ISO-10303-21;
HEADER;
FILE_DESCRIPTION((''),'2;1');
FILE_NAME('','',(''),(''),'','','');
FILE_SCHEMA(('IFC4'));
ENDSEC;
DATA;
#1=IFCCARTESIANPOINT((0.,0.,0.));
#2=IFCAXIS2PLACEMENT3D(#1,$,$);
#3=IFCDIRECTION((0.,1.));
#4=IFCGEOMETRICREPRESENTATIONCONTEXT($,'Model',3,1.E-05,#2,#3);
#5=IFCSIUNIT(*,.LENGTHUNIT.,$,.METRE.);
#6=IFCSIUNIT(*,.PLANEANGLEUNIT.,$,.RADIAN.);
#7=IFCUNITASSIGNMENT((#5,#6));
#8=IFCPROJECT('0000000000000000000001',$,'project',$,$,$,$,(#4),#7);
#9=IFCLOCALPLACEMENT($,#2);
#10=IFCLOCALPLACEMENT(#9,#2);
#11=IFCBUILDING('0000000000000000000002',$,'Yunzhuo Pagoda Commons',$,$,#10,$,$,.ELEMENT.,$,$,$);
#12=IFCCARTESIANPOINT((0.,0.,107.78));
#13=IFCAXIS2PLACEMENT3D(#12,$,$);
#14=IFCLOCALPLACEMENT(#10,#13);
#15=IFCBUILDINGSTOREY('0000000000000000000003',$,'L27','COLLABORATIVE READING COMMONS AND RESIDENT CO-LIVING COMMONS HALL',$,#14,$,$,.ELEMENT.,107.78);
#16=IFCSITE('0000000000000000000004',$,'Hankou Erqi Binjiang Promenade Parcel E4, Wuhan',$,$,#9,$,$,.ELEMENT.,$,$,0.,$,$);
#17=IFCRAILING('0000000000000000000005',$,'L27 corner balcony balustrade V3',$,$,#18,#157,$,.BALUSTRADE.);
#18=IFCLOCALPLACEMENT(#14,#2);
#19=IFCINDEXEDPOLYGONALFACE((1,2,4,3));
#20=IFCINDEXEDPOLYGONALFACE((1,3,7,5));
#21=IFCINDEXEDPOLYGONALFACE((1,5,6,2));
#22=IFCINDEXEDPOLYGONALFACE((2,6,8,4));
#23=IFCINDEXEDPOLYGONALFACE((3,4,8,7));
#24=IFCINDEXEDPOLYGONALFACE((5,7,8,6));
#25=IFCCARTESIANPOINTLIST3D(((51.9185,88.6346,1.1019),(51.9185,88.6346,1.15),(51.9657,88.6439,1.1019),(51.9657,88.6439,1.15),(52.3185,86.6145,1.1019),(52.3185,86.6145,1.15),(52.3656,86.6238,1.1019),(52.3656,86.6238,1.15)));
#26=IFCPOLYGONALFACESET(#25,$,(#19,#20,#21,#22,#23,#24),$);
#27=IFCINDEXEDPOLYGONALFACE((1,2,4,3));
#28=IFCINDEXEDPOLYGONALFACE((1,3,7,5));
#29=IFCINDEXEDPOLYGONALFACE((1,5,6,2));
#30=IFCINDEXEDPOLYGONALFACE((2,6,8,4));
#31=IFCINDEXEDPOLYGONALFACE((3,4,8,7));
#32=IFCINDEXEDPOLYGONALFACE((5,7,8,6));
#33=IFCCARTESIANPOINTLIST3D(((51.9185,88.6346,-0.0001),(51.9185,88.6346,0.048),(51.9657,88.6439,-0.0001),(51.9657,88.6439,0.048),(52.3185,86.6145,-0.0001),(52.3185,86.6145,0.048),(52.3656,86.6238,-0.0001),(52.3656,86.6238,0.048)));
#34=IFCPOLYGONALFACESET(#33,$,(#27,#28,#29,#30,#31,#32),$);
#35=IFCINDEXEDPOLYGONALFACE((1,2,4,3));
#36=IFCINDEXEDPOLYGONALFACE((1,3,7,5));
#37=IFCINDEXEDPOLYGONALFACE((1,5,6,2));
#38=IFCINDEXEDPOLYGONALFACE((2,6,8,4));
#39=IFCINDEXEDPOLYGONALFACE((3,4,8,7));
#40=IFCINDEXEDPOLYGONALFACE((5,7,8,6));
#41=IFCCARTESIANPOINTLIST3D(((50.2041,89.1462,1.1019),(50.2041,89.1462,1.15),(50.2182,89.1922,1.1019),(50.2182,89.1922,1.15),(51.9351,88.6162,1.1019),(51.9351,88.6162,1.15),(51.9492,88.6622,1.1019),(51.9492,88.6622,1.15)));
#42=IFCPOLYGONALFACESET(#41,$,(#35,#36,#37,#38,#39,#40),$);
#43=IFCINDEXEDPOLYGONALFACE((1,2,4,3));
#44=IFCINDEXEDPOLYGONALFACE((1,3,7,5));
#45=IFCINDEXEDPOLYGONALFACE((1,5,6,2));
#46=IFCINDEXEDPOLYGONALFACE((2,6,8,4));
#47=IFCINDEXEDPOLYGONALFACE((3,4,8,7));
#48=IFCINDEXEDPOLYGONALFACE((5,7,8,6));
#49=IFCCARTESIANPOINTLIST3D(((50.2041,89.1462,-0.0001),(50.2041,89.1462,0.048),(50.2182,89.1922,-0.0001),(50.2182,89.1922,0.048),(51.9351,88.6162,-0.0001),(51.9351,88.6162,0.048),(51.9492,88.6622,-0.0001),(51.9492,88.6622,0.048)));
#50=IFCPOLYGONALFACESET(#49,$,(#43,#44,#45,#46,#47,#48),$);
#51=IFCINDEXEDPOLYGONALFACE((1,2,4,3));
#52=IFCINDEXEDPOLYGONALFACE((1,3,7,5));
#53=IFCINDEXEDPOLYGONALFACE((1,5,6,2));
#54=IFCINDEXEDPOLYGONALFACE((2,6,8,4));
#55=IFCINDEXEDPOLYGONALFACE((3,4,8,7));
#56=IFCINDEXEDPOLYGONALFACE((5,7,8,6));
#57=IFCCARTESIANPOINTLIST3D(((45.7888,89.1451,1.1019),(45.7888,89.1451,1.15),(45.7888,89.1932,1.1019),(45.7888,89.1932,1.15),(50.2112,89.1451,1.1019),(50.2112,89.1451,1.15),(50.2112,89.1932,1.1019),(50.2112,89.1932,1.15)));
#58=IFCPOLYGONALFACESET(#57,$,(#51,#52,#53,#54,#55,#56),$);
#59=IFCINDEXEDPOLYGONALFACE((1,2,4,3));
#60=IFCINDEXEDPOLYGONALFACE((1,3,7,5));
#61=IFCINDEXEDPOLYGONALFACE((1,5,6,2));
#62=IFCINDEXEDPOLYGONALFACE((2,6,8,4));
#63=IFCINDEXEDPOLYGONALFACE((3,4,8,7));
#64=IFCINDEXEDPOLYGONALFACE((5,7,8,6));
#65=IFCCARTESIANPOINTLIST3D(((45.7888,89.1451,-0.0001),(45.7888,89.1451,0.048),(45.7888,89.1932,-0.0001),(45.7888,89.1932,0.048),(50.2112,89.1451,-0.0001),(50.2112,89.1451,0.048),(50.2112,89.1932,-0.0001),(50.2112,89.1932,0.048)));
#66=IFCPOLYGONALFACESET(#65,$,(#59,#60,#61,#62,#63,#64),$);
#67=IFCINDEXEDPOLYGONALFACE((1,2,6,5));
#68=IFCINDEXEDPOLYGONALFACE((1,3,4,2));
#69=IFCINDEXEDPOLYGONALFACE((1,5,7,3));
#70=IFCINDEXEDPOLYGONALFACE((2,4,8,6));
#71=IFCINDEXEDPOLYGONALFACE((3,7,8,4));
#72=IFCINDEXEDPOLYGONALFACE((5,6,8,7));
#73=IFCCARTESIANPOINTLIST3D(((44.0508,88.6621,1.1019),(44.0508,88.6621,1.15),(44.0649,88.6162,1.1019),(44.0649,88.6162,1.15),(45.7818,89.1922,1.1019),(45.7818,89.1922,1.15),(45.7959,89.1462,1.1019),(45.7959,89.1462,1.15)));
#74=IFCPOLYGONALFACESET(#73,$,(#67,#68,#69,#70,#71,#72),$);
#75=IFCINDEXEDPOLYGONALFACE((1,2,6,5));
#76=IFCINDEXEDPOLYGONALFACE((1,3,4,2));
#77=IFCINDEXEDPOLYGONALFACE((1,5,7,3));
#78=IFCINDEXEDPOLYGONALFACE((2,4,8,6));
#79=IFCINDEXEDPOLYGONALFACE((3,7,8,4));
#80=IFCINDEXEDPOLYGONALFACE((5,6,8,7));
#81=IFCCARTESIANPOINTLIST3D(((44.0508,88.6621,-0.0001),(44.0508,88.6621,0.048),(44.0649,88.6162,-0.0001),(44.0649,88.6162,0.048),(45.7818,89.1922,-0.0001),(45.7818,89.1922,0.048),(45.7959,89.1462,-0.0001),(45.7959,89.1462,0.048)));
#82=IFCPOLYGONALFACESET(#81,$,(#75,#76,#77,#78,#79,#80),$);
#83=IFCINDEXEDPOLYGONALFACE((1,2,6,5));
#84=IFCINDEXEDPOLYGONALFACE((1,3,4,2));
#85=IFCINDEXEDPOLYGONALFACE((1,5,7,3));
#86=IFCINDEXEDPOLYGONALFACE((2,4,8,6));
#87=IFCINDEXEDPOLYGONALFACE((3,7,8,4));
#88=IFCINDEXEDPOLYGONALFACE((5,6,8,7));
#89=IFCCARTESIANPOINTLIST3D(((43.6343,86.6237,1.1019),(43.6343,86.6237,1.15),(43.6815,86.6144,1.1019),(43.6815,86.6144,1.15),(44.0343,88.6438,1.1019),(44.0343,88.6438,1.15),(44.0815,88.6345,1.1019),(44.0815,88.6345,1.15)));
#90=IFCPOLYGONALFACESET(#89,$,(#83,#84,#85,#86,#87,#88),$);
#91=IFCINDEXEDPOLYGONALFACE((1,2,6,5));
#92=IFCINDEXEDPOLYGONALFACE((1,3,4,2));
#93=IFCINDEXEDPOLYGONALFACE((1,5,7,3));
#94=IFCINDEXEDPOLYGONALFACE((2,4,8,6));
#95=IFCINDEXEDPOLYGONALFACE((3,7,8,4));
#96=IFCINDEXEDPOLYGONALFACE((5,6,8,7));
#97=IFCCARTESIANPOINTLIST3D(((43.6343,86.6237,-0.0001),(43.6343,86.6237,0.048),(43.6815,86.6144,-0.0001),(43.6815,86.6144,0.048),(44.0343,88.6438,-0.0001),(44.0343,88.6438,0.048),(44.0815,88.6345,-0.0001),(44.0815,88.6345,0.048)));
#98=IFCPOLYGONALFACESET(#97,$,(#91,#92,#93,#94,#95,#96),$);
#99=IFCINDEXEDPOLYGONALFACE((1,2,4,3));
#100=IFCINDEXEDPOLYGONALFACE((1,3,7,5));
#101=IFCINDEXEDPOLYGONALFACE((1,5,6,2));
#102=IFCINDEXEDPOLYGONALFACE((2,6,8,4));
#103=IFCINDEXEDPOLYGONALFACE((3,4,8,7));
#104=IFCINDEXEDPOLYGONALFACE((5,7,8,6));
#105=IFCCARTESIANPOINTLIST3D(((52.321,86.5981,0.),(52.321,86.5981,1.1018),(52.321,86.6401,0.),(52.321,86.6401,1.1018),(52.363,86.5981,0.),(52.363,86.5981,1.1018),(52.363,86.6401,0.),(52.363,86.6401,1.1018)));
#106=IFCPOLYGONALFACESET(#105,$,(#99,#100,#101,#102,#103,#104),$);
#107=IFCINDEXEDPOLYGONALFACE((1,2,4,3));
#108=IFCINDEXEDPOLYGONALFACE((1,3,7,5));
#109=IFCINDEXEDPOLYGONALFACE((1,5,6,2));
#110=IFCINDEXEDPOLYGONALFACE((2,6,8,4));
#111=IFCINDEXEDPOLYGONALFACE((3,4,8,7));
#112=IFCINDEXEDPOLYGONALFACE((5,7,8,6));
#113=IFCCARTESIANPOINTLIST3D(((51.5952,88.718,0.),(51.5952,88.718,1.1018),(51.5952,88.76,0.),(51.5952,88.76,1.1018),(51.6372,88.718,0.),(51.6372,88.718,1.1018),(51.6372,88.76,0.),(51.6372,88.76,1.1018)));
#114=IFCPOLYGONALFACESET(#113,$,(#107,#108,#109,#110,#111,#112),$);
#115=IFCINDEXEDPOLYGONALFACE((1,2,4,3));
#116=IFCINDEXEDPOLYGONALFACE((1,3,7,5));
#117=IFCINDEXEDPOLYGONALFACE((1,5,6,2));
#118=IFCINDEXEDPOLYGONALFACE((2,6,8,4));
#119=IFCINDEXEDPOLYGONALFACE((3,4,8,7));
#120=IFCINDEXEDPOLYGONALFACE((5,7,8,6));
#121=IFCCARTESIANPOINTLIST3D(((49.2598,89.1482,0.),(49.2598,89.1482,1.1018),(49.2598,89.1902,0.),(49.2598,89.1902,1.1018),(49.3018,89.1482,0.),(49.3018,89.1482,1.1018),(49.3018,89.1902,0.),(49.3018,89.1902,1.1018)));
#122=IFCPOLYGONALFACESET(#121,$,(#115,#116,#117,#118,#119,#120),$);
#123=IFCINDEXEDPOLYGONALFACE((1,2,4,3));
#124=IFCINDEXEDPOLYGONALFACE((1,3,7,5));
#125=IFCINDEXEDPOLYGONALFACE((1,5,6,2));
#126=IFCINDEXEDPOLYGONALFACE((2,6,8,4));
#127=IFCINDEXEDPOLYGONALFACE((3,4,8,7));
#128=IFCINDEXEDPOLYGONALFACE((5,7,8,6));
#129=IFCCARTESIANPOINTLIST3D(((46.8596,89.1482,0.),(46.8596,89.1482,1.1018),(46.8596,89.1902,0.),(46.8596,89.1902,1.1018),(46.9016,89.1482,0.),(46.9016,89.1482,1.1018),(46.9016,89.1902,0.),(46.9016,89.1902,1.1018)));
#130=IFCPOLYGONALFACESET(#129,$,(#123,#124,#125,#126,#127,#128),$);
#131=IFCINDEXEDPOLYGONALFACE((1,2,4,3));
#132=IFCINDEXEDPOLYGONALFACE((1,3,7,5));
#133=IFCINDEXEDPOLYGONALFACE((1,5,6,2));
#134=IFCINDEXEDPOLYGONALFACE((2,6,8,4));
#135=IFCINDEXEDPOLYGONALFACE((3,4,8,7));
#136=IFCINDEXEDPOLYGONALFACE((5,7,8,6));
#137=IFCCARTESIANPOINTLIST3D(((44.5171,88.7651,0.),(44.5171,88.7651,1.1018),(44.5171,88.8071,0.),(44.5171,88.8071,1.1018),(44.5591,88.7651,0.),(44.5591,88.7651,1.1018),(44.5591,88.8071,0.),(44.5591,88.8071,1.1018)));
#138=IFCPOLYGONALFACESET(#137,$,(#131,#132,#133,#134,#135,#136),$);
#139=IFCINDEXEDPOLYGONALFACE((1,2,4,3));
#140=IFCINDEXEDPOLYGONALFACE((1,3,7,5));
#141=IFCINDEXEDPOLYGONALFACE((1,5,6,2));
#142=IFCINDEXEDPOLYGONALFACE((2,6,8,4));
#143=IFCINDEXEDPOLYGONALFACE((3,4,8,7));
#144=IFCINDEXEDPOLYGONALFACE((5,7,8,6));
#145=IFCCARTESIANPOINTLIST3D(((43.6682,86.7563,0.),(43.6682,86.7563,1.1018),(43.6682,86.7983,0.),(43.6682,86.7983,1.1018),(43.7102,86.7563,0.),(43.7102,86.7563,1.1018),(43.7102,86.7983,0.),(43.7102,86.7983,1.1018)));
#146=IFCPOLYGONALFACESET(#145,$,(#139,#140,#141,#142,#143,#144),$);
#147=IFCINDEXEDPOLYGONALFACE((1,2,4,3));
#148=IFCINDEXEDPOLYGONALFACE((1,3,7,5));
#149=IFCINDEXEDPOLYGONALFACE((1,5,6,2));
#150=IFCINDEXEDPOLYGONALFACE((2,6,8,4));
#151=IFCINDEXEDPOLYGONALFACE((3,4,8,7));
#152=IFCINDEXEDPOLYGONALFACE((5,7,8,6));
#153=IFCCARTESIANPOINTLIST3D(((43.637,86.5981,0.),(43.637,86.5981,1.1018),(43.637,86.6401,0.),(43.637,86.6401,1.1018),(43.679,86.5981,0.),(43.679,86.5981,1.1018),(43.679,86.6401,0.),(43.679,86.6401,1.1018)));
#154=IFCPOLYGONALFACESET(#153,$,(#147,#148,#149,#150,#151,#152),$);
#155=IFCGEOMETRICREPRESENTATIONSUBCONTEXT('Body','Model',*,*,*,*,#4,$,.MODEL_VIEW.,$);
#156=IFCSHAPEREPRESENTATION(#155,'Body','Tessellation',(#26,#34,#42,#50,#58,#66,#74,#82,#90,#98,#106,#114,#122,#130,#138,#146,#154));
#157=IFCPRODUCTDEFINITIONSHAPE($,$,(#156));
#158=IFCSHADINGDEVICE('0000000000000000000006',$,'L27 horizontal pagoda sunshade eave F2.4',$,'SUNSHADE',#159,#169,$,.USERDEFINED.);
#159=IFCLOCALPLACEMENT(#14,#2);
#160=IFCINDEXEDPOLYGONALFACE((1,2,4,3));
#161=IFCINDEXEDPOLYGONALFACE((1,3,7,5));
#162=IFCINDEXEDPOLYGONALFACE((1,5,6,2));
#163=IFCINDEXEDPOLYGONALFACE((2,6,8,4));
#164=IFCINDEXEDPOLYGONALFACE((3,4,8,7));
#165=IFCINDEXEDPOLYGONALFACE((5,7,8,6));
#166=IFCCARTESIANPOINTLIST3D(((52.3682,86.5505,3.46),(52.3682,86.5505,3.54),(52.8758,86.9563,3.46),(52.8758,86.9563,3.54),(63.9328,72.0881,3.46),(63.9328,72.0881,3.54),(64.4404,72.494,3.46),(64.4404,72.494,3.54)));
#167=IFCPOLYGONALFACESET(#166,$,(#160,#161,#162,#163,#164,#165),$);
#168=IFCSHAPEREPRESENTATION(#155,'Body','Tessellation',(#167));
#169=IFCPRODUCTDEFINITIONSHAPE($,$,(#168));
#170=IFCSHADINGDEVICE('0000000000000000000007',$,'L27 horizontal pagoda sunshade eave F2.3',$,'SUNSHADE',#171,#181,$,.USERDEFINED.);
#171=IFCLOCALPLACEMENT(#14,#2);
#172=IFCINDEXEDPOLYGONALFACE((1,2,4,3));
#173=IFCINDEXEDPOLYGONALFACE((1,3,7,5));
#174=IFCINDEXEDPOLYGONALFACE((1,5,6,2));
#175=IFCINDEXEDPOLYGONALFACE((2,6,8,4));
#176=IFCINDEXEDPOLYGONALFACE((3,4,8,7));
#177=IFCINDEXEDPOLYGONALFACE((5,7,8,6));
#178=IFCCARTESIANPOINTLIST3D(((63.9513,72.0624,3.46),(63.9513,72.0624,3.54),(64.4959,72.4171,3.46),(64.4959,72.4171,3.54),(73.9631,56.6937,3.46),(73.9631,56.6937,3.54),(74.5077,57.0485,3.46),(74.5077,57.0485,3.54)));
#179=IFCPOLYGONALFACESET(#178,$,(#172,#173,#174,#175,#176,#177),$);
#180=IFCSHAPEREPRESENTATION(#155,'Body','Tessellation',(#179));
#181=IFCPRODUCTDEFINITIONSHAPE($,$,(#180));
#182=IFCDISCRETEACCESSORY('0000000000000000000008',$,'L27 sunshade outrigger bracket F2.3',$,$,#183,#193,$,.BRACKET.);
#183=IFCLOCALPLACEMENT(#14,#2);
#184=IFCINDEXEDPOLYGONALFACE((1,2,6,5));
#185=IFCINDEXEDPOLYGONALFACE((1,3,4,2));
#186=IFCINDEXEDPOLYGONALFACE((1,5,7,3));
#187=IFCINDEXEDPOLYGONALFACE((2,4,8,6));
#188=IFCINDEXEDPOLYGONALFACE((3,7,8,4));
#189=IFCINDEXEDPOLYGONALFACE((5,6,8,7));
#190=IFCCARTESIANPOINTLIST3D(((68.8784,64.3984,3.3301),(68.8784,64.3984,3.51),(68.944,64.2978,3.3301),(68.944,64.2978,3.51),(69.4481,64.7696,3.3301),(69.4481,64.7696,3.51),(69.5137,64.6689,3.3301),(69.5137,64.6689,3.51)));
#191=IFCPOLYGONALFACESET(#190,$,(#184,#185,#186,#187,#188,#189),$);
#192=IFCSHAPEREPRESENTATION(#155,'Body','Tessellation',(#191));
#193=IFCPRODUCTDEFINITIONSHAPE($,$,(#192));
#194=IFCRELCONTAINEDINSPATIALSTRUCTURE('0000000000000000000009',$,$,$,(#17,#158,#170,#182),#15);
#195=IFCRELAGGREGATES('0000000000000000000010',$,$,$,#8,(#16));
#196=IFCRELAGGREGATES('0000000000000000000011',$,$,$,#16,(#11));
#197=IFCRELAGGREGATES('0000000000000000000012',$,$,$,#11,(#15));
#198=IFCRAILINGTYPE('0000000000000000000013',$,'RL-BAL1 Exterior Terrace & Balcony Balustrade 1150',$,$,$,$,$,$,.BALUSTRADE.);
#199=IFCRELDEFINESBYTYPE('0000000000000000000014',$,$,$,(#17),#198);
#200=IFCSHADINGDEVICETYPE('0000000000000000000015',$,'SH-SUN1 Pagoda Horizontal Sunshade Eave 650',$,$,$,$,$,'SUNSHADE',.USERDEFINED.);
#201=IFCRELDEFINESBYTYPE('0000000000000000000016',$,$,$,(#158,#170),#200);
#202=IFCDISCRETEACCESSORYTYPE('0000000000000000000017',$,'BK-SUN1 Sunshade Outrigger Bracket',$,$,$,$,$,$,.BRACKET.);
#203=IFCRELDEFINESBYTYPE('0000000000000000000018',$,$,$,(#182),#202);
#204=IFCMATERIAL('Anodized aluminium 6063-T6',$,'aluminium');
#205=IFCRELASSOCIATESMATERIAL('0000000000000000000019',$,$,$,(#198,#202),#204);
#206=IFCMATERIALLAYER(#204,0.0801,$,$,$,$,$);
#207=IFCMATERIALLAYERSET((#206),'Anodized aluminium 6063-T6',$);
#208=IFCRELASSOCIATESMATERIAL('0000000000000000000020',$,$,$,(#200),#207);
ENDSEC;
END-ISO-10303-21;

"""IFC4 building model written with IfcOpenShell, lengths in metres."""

from ifc_helpers import new_model, si_unit, direction, frame, origin, origin_2d, place, context, subcontext, project, spatial, rectangle, extrude, source, transform, mapped, material, layer, layer_set, type_object, element, save


model = new_model("IFC4")

# Units and contexts
model_context = context("Model", 3, precision=1e-05, world=origin(), true_north=direction((0.0, 1.0)))
body_context = subcontext(model_context, "Body", "Model", "MODEL_VIEW")
ifc_project = project(units=[si_unit("LENGTHUNIT", "METRE"), si_unit("PLANEANGLEUNIT", "RADIAN")], contexts=[model_context])

# Site, building, storey
site_placement = place(None, origin())
site = spatial("IfcSite", under=ifc_project, at=site_placement, Name="Hankou Erqi Binjiang Promenade Parcel E4, Wuhan", CompositionType="ELEMENT", RefElevation=0.0)
building_placement = place(site_placement, origin())
building = spatial("IfcBuilding", under=site, at=building_placement, Name="Yunzhuo Pagoda Commons", CompositionType="ELEMENT")
storey_placement = place(building_placement, frame((0.0, 0.0, 107.78)))
storey = spatial("IfcBuildingStorey", under=building, at=storey_placement, Name="L27", Description="COLLABORATIVE READING COMMONS AND RESIDENT CO-LIVING COMMONS HALL", CompositionType="ELEMENT", Elevation=107.78)

# Shared definitions
ifc_material_1 = material(Name="Anodized aluminium 6063-T6", Category="aluminium")

# Railing
railing_type_1 = type_object("IfcRailingType", Name="RL-BAL1 Exterior Terrace & Balcony Balustrade 1150", PredefinedType="BALUSTRADE", material=ifc_material_1)
railing_1_placement = place(storey_placement, frame((52.342, 86.6191, 0.0)))
element("IfcRailing", 1, at=railing_1_placement, inside=storey, type_object=railing_type_1, Name="L27 corner balcony balustrade V3", PredefinedType="BALUSTRADE", context=body_context, shape_type="SweptSolid", body=[
    extrude(rectangle(XDim=0.0481, YDim=0.0481, at=origin_2d()), frame((0.0, 0.0, 1.126), z_axis=(-0.194201, 0.980962, 0.0), x_axis=(-0.980962, -0.194201, 0.0)), (0.0, 0.0, 1.0), 2.0593),
    extrude(rectangle(XDim=0.0481, YDim=0.0481, at=origin_2d()), frame((0.0, 0.0, 0.0239), z_axis=(-0.194201, 0.980962, 0.0), x_axis=(-0.980962, -0.194201, 0.0)), (0.0, 0.0, 1.0), 2.0593),
    extrude(rectangle(XDim=0.0481, YDim=0.0481, at=origin_2d()), frame((-0.3999, 2.02, 1.126), z_axis=(-0.956178, 0.292787, 0.0), x_axis=(-0.292787, -0.956178, 0.0)), (0.0, 0.0, 1.0), 1.8103),
    extrude(rectangle(XDim=0.0481, YDim=0.0481, at=origin_2d()), frame((-0.3999, 2.02, 0.0239), z_axis=(-0.956178, 0.292787, 0.0), x_axis=(-0.292787, -0.956178, 0.0)), (0.0, 0.0, 1.0), 1.8103),
    extrude(rectangle(XDim=0.0481, YDim=0.0481, at=origin_2d()), frame((-2.1309, 2.55, 1.126), z_axis=(-1.0, 0.0, 0.0), x_axis=(0.0, -1.0, 0.0)), (0.0, 0.0, 1.0), 4.4224),
    extrude(rectangle(XDim=0.0481, YDim=0.0481, at=origin_2d()), frame((-2.1309, 2.55, 0.0239), z_axis=(-1.0, 0.0, 0.0), x_axis=(0.0, -1.0, 0.0)), (0.0, 0.0, 1.0), 4.4224),
    extrude(rectangle(XDim=0.0481, YDim=0.0481, at=origin_2d()), frame((-6.5532, 2.55, 1.126), z_axis=(-0.956178, -0.292787, 0.0), x_axis=(0.292787, -0.956178, 0.0)), (0.0, 0.0, 1.0), 1.8103),
    extrude(rectangle(XDim=0.0481, YDim=0.0481, at=origin_2d()), frame((-6.5532, 2.55, 0.0239), z_axis=(-0.956178, -0.292787, 0.0), x_axis=(0.292787, -0.956178, 0.0)), (0.0, 0.0, 1.0), 1.8103),
    extrude(rectangle(XDim=0.0481, YDim=0.0481, at=origin_2d()), frame((-8.2842, 2.02, 1.126), z_axis=(-0.194201, -0.980962, 0.0), x_axis=(0.980962, -0.194201, 0.0)), (0.0, 0.0, 1.0), 2.0593),
    extrude(rectangle(XDim=0.0481, YDim=0.0481, at=origin_2d()), frame((-8.2842, 2.02, 0.0239), z_axis=(-0.194201, -0.980962, 0.0), x_axis=(0.980962, -0.194201, 0.0)), (0.0, 0.0, 1.0), 2.0593),
    extrude(rectangle(XDim=0.042, YDim=0.042, at=origin_2d()), origin(), (0.0, 0.0, 1.0), 1.1018),
    extrude(rectangle(XDim=0.042, YDim=0.042, at=origin_2d()), frame((-0.7258, 2.1199, 0.0)), (0.0, 0.0, 1.0), 1.1018),
    extrude(rectangle(XDim=0.042, YDim=0.042, at=origin_2d()), frame((-3.0613, 2.55, 0.0)), (0.0, 0.0, 1.0), 1.1018),
    extrude(rectangle(XDim=0.042, YDim=0.042, at=origin_2d()), frame((-5.4614, 2.55, 0.0)), (0.0, 0.0, 1.0), 1.1018),
    extrude(rectangle(XDim=0.042, YDim=0.042, at=origin_2d()), frame((-7.804, 2.167, 0.0)), (0.0, 0.0, 1.0), 1.1018),
    extrude(rectangle(XDim=0.042, YDim=0.042, at=origin_2d()), frame((-8.6528, 0.1582, 0.0)), (0.0, 0.0, 1.0), 1.1018),
    extrude(rectangle(XDim=0.042, YDim=0.042, at=origin_2d()), frame((-8.6841, 0.0, 0.0)), (0.0, 0.0, 1.0), 1.1018),
])

# Shading devices
ifc_layer_1 = layer(ifc_material_1, 0.0801)
ifc_layer_set_1 = layer_set([ifc_layer_1], Name="Anodized aluminium 6063-T6")
shading_device_type = type_object("IfcShadingDeviceType", Name="SH-SUN1 Pagoda Horizontal Sunshade Eave 650", ElementType="SUNSHADE", PredefinedType="USERDEFINED", material=ifc_layer_set_1)
shared_shape_1 = source(origin(), body_context, "Body", "SweptSolid", [
    extrude(rectangle(XDim=18.5176, YDim=0.6499, at=origin_2d()), origin(), (0.0, 0.0, 1.0), 0.0801),
])
shading_device_1_placement = place(storey_placement, frame((58.4043, 79.5222, 3.46), z_axis=(0.0, 0.0, 1.0), x_axis=(-0.62452, 0.781008, 0.0)))
element("IfcShadingDevice", 2, at=shading_device_1_placement, inside=storey, type_object=shading_device_type, Name="L27 horizontal pagoda sunshade eave F2.4", ObjectType="SUNSHADE", PredefinedType="USERDEFINED", context=body_context, shape_type="MappedRepresentation", body=[
    mapped(shared_shape_1, transform((0.0, 0.0, 0.0), scale=1.0)),
])
shared_shape_2 = source(origin(), body_context, "Body", "SweptSolid", [
    extrude(rectangle(XDim=18.342, YDim=0.6499, at=origin_2d()), origin(), (0.0, 0.0, 1.0), 0.0801),
])
shading_device_2_placement = place(storey_placement, frame((69.2295, 64.5554, 3.46), z_axis=(0.0, 0.0, 1.0), x_axis=(-0.545839, 0.83789, 0.0)))
element("IfcShadingDevice", 3, at=shading_device_2_placement, inside=storey, type_object=shading_device_type, Name="L27 horizontal pagoda sunshade eave F2.3", ObjectType="SUNSHADE", PredefinedType="USERDEFINED", context=body_context, shape_type="MappedRepresentation", body=[
    mapped(shared_shape_2, transform((0.0, 0.0, 0.0), scale=1.0)),
])

# Discrete accessory
discrete_accessory_type = type_object("IfcDiscreteAccessoryType", Name="BK-SUN1 Sunshade Outrigger Bracket", PredefinedType="BRACKET", material=ifc_material_1)
shared_shape_3 = source(origin(), body_context, "Body", "SweptSolid", [
    extrude(rectangle(XDim=0.1201, YDim=0.6799, at=origin_2d()), origin(), (0.0, 0.0, 1.0), 0.1799),
])
discrete_accessory_placement = place(storey_placement, frame((69.196, 64.5337, 3.3301), z_axis=(0.0, 0.0, 1.0), x_axis=(-0.545839, 0.83789, 0.0)))
element("IfcDiscreteAccessory", 4, at=discrete_accessory_placement, inside=storey, type_object=discrete_accessory_type, Name="L27 sunshade outrigger bracket F2.3", PredefinedType="BRACKET", context=body_context, shape_type="MappedRepresentation", body=[
    mapped(shared_shape_3, transform((0.0, 0.0, 0.0), scale=1.0)),
])

save(model, "model.ifc")
